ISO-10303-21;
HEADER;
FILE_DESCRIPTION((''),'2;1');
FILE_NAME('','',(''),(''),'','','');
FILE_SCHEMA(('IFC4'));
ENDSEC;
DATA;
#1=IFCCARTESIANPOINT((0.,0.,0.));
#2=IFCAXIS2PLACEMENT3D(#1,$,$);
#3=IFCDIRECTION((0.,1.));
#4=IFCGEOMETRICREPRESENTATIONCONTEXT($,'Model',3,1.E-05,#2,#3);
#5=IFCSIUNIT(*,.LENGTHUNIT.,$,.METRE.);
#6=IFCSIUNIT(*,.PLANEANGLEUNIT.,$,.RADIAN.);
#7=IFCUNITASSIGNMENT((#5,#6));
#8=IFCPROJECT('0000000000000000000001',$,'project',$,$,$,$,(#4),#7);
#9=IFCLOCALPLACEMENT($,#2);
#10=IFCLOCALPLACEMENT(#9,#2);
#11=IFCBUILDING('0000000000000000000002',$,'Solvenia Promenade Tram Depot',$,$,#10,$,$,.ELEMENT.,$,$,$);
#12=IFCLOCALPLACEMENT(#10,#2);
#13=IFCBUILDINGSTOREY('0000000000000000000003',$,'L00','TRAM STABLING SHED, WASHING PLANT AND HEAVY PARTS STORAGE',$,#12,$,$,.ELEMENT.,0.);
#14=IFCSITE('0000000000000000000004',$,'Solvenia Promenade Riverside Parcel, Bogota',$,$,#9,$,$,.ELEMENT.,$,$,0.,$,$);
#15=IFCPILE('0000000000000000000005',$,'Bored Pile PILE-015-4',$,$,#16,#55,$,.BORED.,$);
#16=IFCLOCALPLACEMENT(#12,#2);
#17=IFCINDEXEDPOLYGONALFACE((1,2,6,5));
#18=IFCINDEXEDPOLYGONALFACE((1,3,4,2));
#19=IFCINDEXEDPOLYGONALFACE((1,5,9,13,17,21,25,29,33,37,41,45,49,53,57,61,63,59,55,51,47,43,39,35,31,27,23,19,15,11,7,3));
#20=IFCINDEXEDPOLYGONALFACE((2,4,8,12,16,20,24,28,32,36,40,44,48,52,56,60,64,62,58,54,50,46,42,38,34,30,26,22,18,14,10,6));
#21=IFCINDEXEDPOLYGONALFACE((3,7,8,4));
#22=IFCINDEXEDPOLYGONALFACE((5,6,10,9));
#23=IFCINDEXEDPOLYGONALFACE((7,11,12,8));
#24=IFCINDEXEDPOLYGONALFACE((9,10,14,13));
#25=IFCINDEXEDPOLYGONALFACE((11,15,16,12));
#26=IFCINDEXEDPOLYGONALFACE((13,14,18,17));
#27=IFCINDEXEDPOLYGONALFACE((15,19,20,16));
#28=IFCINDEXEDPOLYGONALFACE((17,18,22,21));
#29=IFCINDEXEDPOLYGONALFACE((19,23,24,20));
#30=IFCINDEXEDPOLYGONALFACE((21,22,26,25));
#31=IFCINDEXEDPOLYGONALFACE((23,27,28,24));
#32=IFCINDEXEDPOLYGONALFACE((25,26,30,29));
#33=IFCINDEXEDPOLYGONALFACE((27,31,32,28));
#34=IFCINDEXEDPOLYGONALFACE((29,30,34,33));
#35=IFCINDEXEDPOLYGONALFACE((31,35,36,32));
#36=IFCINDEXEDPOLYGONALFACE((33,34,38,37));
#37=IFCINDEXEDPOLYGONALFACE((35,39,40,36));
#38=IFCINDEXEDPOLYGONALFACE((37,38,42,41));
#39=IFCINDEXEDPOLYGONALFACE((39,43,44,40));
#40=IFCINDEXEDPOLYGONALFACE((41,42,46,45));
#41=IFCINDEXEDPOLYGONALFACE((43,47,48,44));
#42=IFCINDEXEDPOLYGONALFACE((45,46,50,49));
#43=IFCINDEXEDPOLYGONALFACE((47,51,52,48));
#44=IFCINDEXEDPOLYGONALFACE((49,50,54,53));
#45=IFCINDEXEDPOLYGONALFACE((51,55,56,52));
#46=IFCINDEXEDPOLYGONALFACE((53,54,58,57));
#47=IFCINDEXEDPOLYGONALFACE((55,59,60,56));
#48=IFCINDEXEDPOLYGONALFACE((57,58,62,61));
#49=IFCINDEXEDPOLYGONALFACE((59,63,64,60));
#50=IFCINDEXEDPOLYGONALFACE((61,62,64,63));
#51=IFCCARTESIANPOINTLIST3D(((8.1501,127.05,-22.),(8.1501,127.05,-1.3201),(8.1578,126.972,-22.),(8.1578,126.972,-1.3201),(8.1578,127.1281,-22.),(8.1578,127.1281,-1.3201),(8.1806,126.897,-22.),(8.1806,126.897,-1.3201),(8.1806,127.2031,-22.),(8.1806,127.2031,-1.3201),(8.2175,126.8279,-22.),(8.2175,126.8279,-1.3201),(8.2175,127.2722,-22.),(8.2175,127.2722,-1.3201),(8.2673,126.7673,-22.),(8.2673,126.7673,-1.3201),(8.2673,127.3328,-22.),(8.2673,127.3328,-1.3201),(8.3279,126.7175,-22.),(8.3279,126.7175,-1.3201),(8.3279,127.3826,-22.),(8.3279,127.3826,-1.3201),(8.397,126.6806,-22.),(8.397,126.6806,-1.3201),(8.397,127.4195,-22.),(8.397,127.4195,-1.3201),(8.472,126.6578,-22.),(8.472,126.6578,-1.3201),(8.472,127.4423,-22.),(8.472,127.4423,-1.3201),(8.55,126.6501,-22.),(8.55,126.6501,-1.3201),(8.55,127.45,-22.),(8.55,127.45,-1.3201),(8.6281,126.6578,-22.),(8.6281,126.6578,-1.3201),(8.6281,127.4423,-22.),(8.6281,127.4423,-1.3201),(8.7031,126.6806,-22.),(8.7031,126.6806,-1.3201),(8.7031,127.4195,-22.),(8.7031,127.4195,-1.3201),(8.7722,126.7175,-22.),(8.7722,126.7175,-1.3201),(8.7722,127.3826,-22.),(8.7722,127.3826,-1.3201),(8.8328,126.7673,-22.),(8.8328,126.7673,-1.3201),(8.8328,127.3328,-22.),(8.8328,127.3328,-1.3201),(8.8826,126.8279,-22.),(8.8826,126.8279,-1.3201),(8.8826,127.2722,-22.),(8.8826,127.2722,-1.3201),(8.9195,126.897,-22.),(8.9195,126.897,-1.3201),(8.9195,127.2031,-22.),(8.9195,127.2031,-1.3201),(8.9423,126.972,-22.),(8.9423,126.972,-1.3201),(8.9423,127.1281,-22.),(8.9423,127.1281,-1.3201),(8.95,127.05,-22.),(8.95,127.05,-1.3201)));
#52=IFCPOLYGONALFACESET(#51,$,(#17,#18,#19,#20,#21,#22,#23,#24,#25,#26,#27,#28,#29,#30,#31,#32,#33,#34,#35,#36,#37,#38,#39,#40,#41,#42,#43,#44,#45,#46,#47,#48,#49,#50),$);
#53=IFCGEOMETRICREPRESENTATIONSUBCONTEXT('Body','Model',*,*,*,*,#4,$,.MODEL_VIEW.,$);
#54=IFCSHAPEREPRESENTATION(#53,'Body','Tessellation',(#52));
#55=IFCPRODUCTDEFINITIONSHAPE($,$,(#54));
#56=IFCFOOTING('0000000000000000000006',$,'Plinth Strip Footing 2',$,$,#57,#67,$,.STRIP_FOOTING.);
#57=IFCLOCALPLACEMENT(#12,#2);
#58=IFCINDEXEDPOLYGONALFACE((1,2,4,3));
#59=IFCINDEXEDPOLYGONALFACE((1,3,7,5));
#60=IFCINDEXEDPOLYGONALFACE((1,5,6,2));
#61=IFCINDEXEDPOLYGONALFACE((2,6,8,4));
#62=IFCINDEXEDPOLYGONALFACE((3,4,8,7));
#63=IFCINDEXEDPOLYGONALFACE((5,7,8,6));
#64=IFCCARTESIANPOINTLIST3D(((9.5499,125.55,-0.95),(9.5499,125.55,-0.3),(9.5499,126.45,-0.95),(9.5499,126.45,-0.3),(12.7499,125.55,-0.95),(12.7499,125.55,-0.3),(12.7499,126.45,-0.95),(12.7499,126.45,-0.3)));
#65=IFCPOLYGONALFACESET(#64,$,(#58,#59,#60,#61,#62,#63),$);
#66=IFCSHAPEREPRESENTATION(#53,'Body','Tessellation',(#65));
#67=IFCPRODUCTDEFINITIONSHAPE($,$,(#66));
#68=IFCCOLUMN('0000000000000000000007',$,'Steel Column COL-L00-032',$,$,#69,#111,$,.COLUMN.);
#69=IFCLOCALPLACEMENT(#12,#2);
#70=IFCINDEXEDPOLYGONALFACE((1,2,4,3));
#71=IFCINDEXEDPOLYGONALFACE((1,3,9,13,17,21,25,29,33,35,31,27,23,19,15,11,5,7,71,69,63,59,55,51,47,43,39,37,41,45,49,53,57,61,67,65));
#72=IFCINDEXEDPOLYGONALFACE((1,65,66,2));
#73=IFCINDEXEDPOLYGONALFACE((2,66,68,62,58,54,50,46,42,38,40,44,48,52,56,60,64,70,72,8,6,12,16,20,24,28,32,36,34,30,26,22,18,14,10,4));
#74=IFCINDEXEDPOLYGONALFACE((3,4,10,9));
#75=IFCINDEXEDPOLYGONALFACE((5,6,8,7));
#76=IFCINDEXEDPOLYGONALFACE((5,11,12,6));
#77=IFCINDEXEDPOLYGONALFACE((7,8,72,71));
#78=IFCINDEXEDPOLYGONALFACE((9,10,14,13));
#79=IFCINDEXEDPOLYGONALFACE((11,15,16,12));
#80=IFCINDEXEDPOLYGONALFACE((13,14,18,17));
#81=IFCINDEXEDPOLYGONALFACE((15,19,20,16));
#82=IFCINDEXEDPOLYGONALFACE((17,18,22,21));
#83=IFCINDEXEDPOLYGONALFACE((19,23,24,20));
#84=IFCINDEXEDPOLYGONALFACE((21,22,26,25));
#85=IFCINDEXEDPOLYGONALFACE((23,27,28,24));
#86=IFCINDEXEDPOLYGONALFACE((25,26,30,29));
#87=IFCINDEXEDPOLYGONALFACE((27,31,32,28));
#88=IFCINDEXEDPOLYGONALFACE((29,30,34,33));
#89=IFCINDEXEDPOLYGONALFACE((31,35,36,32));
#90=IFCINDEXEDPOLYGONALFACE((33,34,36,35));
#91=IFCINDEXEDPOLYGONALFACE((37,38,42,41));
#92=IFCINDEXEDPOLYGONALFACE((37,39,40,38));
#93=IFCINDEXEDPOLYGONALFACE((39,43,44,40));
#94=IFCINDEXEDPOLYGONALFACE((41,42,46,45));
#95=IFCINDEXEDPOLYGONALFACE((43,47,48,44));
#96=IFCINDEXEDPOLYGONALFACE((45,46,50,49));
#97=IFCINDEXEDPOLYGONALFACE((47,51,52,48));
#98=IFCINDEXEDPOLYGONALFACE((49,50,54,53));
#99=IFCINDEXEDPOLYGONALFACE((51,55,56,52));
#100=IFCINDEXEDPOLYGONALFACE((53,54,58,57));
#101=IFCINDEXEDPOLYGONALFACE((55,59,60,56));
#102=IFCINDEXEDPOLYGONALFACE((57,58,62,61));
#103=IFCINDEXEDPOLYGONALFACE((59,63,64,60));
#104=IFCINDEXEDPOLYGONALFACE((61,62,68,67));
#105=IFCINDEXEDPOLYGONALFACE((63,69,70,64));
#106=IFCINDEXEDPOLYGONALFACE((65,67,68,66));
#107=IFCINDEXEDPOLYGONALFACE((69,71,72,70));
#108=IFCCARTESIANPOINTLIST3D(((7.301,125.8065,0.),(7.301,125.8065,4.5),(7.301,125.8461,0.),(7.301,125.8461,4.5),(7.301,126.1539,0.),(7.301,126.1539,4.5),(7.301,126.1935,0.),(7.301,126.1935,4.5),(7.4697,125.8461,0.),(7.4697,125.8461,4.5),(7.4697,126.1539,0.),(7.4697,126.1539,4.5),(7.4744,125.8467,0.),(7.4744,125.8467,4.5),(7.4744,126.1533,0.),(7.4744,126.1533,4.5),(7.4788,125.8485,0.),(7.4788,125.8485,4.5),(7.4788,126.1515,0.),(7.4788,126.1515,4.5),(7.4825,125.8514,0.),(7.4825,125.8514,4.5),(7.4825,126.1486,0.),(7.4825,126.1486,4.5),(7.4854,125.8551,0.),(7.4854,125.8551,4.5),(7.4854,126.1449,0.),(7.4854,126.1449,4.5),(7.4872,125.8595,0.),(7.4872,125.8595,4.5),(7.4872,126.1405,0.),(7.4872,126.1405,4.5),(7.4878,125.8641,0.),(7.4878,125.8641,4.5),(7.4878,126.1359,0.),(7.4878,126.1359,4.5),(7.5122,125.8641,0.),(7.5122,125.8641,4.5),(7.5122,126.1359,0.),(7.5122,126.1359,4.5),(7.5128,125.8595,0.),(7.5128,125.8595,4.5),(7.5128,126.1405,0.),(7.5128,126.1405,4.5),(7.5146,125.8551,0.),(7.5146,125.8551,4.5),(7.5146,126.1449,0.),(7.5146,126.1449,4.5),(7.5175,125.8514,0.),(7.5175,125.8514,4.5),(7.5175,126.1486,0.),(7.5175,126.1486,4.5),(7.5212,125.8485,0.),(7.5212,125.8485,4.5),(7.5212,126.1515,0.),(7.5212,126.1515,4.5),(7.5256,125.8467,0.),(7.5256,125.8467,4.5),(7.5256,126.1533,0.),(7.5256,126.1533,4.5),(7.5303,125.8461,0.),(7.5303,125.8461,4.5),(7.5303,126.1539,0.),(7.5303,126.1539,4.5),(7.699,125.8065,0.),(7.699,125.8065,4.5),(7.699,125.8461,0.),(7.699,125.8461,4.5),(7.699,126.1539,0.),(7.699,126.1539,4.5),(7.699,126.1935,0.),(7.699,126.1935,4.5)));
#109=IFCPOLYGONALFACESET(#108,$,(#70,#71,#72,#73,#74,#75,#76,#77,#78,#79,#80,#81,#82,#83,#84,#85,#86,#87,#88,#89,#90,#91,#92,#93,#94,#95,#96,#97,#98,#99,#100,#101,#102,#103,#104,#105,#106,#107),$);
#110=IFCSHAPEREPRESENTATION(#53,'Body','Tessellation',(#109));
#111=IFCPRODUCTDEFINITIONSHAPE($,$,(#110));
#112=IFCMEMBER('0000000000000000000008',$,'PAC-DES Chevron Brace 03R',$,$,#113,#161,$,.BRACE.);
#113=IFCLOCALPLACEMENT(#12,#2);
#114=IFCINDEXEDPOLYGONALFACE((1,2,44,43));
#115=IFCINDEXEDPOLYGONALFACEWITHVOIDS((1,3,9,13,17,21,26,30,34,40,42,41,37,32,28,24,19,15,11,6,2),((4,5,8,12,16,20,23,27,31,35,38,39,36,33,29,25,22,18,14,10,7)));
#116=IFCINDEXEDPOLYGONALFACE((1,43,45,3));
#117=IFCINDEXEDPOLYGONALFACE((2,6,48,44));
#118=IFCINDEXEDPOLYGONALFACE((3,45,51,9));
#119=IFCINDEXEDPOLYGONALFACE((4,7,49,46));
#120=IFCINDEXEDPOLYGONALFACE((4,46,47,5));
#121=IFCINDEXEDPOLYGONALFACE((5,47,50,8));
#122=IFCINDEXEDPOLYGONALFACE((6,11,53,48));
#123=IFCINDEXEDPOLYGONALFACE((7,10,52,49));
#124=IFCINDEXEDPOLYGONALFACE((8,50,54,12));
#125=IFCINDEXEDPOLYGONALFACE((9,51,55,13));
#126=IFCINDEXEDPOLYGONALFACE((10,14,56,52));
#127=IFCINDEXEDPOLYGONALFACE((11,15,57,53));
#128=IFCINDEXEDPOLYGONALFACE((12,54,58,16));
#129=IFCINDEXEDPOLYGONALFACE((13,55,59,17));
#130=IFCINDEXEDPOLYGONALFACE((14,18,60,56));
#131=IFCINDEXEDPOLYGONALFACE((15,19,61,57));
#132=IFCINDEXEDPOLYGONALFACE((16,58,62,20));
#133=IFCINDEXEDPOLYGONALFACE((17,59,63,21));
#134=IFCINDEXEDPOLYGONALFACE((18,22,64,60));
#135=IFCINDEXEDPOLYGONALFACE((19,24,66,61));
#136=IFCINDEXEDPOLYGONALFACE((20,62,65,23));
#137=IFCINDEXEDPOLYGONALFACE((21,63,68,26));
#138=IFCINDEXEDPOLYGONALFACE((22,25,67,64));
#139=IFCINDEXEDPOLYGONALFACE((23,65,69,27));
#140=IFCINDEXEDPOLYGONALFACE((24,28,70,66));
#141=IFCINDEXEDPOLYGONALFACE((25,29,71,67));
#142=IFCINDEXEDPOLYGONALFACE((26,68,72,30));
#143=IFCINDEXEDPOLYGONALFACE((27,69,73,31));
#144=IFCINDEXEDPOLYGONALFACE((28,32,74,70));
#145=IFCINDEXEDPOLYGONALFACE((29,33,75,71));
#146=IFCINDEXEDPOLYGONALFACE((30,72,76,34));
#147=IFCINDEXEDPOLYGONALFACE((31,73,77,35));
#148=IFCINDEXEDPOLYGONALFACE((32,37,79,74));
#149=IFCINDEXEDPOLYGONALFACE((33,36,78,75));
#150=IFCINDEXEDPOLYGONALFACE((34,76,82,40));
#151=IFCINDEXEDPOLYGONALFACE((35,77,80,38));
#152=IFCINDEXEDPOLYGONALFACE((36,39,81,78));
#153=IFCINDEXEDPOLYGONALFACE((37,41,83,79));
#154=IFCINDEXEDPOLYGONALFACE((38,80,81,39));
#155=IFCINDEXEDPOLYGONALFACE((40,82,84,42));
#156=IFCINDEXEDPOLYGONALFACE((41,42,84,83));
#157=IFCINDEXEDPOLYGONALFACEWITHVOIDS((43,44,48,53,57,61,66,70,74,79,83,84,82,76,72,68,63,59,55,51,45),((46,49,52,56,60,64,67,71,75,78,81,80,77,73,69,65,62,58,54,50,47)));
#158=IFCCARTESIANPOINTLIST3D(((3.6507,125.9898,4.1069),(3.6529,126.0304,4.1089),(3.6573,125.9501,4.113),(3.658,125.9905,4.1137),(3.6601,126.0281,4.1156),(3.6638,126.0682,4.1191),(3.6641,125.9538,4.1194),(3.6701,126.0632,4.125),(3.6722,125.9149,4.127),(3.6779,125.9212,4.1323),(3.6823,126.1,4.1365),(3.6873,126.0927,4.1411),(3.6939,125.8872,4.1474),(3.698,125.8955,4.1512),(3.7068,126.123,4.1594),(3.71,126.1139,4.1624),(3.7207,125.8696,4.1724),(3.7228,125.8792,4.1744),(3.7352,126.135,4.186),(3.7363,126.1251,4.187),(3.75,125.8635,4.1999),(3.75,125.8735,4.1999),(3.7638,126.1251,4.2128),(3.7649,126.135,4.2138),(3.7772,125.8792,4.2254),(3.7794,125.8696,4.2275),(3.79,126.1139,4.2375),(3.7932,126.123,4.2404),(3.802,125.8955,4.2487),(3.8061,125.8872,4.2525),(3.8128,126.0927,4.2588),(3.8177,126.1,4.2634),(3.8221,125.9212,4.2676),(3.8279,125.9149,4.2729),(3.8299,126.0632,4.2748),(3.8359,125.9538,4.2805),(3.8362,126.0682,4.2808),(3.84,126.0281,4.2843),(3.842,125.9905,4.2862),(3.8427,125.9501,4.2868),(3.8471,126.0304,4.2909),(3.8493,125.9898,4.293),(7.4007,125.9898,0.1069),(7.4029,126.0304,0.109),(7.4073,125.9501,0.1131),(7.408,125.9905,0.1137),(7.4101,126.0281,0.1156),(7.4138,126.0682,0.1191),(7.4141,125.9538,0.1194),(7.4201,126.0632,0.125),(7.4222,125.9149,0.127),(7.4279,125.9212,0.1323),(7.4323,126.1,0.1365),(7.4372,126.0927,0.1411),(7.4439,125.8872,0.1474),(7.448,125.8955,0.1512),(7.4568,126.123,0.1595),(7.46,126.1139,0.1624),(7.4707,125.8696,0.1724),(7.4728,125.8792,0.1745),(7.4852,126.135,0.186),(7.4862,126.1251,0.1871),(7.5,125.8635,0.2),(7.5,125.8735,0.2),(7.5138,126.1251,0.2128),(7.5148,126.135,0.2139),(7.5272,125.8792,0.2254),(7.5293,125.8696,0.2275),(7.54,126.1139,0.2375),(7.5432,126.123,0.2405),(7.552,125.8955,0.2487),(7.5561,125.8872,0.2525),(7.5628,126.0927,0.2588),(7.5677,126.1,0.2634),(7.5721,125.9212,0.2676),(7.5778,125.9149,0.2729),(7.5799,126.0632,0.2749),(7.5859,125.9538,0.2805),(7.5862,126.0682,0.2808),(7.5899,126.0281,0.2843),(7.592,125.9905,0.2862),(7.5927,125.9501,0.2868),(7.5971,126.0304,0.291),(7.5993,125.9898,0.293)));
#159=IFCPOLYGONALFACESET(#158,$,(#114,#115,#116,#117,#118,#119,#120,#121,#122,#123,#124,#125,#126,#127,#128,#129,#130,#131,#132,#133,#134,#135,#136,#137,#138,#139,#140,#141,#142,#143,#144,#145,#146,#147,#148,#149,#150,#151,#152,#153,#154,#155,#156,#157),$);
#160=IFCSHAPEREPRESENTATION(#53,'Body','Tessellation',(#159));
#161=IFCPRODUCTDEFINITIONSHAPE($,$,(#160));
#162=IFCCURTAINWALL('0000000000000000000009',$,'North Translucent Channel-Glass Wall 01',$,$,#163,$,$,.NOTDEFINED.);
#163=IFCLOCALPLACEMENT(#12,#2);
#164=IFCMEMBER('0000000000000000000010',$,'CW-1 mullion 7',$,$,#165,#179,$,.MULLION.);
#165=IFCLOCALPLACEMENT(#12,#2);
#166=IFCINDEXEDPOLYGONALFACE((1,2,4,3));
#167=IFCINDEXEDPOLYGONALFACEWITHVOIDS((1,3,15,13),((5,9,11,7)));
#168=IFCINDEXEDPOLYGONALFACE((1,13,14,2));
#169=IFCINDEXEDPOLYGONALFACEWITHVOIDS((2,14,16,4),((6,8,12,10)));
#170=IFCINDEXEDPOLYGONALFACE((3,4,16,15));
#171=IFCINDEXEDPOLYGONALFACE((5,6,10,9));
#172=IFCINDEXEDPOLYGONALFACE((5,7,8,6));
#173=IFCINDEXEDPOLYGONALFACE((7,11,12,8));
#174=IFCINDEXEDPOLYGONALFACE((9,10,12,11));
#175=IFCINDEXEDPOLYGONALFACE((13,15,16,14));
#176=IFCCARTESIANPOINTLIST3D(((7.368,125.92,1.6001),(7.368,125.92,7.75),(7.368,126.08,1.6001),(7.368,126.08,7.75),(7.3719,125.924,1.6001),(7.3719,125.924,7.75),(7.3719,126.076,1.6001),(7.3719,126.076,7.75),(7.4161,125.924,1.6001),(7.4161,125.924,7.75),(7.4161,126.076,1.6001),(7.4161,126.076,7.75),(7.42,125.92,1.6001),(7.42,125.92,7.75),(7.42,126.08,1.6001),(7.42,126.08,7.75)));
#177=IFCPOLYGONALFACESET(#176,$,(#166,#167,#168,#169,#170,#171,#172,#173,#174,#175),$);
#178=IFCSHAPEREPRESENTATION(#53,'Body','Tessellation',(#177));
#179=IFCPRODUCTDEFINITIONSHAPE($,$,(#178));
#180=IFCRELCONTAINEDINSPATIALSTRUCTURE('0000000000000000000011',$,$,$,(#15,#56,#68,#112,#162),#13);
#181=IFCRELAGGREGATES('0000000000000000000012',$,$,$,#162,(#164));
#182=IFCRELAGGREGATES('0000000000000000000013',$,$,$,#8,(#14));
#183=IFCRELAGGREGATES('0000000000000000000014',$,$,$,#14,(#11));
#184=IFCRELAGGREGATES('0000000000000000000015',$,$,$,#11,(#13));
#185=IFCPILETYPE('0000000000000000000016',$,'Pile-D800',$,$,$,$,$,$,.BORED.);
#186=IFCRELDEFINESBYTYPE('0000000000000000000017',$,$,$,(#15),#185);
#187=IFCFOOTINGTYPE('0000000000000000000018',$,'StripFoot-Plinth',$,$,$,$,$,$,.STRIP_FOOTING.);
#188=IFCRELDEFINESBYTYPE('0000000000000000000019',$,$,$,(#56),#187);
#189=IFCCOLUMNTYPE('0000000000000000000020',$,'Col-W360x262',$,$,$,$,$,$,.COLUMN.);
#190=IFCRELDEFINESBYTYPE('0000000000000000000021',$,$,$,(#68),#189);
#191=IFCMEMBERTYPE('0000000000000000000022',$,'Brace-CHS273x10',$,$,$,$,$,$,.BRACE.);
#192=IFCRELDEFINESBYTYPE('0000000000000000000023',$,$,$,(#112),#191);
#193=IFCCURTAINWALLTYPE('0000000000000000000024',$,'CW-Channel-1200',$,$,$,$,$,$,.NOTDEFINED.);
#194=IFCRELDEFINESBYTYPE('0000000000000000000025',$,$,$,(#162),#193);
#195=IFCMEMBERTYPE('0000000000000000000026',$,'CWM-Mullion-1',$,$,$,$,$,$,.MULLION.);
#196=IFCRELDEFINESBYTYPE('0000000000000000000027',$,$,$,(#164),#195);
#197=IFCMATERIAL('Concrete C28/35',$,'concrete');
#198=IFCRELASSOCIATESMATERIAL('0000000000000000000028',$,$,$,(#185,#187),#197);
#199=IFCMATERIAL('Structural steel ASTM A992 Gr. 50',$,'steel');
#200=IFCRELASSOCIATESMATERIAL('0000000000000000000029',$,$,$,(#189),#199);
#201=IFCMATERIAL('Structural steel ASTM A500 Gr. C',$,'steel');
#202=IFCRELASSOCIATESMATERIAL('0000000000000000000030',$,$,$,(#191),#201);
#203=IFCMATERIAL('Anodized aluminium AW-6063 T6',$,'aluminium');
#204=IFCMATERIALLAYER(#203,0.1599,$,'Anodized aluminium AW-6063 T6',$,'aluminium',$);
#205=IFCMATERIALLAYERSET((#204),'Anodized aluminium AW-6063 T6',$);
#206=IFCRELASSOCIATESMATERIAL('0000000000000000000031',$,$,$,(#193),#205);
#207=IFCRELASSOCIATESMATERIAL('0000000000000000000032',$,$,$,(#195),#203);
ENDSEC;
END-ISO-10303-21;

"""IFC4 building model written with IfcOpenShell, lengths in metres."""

from ifc_helpers import new_model, si_unit, direction, frame, origin, origin_2d, place, context, subcontext, project, spatial, rectangle, hollow_rectangle, circle, hollow_circle, i_section, extrude, material, layer, layer_set, material_profile, profile_set, type_object, element, aggregate, save


model = new_model("IFC4")

# Units and contexts
model_context = context("Model", 3, precision=1e-05, world=origin(), true_north=direction((0.0, 1.0)))
body_context = subcontext(model_context, "Body", "Model", "MODEL_VIEW")
ifc_project = project(units=[si_unit("LENGTHUNIT", "METRE"), si_unit("PLANEANGLEUNIT", "RADIAN")], contexts=[model_context])

# Site, building, storey
site_placement = place(None, origin())
site = spatial("IfcSite", under=ifc_project, at=site_placement, Name="Solvenia Promenade Riverside Parcel, Bogota", CompositionType="ELEMENT", RefElevation=0.0)
building_placement = place(site_placement, origin())
building = spatial("IfcBuilding", under=site, at=building_placement, Name="Solvenia Promenade Tram Depot", CompositionType="ELEMENT")
storey_placement = place(building_placement, origin())
storey = spatial("IfcBuildingStorey", under=building, at=storey_placement, Name="L00", Description="TRAM STABLING SHED, WASHING PLANT AND HEAVY PARTS STORAGE", CompositionType="ELEMENT", Elevation=0.0)

# Shared definitions
ifc_material_1 = material(Name="Concrete C28/35", Category="concrete")

# Pile
ifc_material_profile_1 = material_profile(ifc_material_1, circle(Radius=0.3999, at=origin_2d()), Name="D800", Category="concrete")
ifc_profile_set_1 = profile_set([ifc_material_profile_1], Name="Concrete C28/35")
pile_type_1 = type_object("IfcPileType", Name="Pile-D800", PredefinedType="BORED", material=ifc_profile_set_1)
for number, where, z_axis, x_axis, name in (
    (1, (8.55, 127.05, -1.3201), (0.0, 0.0, -1.0), (1.0, 0.0, 0.0), "Bored Pile PILE-015-4"),
):
    element("IfcPile", number, at=place(storey_placement, frame(where, z_axis=z_axis, x_axis=x_axis)), inside=storey, type_object=pile_type_1, Name=name, PredefinedType="BORED", context=body_context, shape_type="SweptSolid", body=[
        extrude(circle(Radius=0.3999, at=origin_2d()), origin(), (0.0, 0.0, 1.0), 20.6799),
    ])

# Footing
footing_type_1 = type_object("IfcFootingType", Name="StripFoot-Plinth", PredefinedType="STRIP_FOOTING", material=ifc_material_1)
footing_1_placement = place(storey_placement, frame((11.1499, 126.0, -0.95), z_axis=(0.0, 0.0, 1.0), x_axis=(1.0, 0.0, 0.0)))
element("IfcFooting", 2, at=footing_1_placement, inside=storey, type_object=footing_type_1, Name="Plinth Strip Footing 2", PredefinedType="STRIP_FOOTING", context=body_context, shape_type="SweptSolid", body=[
    extrude(rectangle(XDim=3.2, YDim=0.8999, at=origin_2d()), origin(), (0.0, 0.0, 1.0), 0.6499),
])

# Column
ifc_material_2 = material(Name="Structural steel ASTM A992 Gr. 50", Category="steel")
ifc_material_profile_2 = material_profile(ifc_material_2, i_section(OverallWidth=0.3979, OverallDepth=0.387, WebThickness=0.0244, FlangeThickness=0.0396, FilletRadius=0.0181, at=origin_2d()), Name="W360x262", Category="steel")
ifc_profile_set_2 = profile_set([ifc_material_profile_2], Name="Structural steel ASTM A992 Gr. 50")
column_type = type_object("IfcColumnType", Name="Col-W360x262", PredefinedType="COLUMN", material=ifc_profile_set_2)
column_placement = place(storey_placement, frame((7.5, 126.0, 0.0), z_axis=(0.0, 0.0, 1.0), x_axis=(1.0, 0.0, 0.0)))
element("IfcColumn", 3, at=column_placement, inside=storey, type_object=column_type, Name="Steel Column COL-L00-032", PredefinedType="COLUMN", context=body_context, shape_type="SweptSolid", body=[
    extrude(i_section(OverallWidth=0.3979, OverallDepth=0.387, WebThickness=0.0244, FlangeThickness=0.0396, FilletRadius=0.0181, at=origin_2d()), origin(), (0.0, 0.0, 1.0), 4.5),
])

# Member
ifc_material_3 = material(Name="Structural steel ASTM A500 Gr. C", Category="steel")
ifc_material_profile_3 = material_profile(ifc_material_3, hollow_circle(Radius=0.1365, WallThickness=0.01, at=origin_2d()), Name="CHS273.0x10", Category="steel")
ifc_profile_set_3 = profile_set([ifc_material_profile_3], Name="Structural steel ASTM A500 Gr. C")
member_type_1 = type_object("IfcMemberType", Name="Brace-CHS273x10", PredefinedType="BRACE", material=ifc_profile_set_3)
member_1_placement = place(storey_placement, frame((7.5, 126.0, 0.2), z_axis=(-0.683941, 0.0, 0.729537), x_axis=(0.0, -1.0, 0.0)))
element("IfcMember", 4, at=member_1_placement, inside=storey, type_object=member_type_1, Name="PAC-DES Chevron Brace 03R", PredefinedType="BRACE", context=body_context, shape_type="SweptSolid", body=[
    extrude(hollow_circle(Radius=0.1365, WallThickness=0.01, at=origin_2d()), origin(), (0.0, 0.0, 1.0), 5.4829),
])

# Curtain wall, member
ifc_material_4 = material(Name="Anodized aluminium AW-6063 T6", Category="aluminium")
ifc_layer_1 = layer(ifc_material_4, 0.1599, Name="Anodized aluminium AW-6063 T6", Category="aluminium")
ifc_layer_set_1 = layer_set([ifc_layer_1], Name="Anodized aluminium AW-6063 T6")
curtain_wall_type = type_object("IfcCurtainWallType", Name="CW-Channel-1200", PredefinedType="NOTDEFINED", material=ifc_layer_set_1)
curtain_wall_1_placement = place(storey_placement, origin())
curtain_wall_1 = element("IfcCurtainWall", 5, at=curtain_wall_1_placement, inside=storey, type_object=curtain_wall_type, Name="North Translucent Channel-Glass Wall 01", PredefinedType="NOTDEFINED")
ifc_material_profile_4 = material_profile(ifc_material_4, hollow_rectangle(XDim=0.1599, YDim=0.052, WallThickness=0.0039, at=origin_2d()), Name="ALU-M1", Category="aluminium")
ifc_profile_set_4 = profile_set([ifc_material_profile_4], Name="Anodized aluminium AW-6063 T6")
member_type_2 = type_object("IfcMemberType", Name="CWM-Mullion-1", PredefinedType="MULLION", material=ifc_profile_set_4)
member_2_placement = place(storey_placement, frame((7.394, 126.0, 1.6001), z_axis=(0.0, 0.0, 1.0), x_axis=(0.0, 1.0, 0.0)))
member_2 = element("IfcMember", 6, at=member_2_placement, type_object=member_type_2, Name="CW-1 mullion 7", PredefinedType="MULLION", context=body_context, shape_type="SweptSolid", body=[
    extrude(hollow_rectangle(XDim=0.1599, YDim=0.052, WallThickness=0.0039, at=origin_2d()), origin(), (0.0, 0.0, 1.0), 6.1499),
])

aggregate(curtain_wall_1, [member_2])

save(model, "model.ifc")
